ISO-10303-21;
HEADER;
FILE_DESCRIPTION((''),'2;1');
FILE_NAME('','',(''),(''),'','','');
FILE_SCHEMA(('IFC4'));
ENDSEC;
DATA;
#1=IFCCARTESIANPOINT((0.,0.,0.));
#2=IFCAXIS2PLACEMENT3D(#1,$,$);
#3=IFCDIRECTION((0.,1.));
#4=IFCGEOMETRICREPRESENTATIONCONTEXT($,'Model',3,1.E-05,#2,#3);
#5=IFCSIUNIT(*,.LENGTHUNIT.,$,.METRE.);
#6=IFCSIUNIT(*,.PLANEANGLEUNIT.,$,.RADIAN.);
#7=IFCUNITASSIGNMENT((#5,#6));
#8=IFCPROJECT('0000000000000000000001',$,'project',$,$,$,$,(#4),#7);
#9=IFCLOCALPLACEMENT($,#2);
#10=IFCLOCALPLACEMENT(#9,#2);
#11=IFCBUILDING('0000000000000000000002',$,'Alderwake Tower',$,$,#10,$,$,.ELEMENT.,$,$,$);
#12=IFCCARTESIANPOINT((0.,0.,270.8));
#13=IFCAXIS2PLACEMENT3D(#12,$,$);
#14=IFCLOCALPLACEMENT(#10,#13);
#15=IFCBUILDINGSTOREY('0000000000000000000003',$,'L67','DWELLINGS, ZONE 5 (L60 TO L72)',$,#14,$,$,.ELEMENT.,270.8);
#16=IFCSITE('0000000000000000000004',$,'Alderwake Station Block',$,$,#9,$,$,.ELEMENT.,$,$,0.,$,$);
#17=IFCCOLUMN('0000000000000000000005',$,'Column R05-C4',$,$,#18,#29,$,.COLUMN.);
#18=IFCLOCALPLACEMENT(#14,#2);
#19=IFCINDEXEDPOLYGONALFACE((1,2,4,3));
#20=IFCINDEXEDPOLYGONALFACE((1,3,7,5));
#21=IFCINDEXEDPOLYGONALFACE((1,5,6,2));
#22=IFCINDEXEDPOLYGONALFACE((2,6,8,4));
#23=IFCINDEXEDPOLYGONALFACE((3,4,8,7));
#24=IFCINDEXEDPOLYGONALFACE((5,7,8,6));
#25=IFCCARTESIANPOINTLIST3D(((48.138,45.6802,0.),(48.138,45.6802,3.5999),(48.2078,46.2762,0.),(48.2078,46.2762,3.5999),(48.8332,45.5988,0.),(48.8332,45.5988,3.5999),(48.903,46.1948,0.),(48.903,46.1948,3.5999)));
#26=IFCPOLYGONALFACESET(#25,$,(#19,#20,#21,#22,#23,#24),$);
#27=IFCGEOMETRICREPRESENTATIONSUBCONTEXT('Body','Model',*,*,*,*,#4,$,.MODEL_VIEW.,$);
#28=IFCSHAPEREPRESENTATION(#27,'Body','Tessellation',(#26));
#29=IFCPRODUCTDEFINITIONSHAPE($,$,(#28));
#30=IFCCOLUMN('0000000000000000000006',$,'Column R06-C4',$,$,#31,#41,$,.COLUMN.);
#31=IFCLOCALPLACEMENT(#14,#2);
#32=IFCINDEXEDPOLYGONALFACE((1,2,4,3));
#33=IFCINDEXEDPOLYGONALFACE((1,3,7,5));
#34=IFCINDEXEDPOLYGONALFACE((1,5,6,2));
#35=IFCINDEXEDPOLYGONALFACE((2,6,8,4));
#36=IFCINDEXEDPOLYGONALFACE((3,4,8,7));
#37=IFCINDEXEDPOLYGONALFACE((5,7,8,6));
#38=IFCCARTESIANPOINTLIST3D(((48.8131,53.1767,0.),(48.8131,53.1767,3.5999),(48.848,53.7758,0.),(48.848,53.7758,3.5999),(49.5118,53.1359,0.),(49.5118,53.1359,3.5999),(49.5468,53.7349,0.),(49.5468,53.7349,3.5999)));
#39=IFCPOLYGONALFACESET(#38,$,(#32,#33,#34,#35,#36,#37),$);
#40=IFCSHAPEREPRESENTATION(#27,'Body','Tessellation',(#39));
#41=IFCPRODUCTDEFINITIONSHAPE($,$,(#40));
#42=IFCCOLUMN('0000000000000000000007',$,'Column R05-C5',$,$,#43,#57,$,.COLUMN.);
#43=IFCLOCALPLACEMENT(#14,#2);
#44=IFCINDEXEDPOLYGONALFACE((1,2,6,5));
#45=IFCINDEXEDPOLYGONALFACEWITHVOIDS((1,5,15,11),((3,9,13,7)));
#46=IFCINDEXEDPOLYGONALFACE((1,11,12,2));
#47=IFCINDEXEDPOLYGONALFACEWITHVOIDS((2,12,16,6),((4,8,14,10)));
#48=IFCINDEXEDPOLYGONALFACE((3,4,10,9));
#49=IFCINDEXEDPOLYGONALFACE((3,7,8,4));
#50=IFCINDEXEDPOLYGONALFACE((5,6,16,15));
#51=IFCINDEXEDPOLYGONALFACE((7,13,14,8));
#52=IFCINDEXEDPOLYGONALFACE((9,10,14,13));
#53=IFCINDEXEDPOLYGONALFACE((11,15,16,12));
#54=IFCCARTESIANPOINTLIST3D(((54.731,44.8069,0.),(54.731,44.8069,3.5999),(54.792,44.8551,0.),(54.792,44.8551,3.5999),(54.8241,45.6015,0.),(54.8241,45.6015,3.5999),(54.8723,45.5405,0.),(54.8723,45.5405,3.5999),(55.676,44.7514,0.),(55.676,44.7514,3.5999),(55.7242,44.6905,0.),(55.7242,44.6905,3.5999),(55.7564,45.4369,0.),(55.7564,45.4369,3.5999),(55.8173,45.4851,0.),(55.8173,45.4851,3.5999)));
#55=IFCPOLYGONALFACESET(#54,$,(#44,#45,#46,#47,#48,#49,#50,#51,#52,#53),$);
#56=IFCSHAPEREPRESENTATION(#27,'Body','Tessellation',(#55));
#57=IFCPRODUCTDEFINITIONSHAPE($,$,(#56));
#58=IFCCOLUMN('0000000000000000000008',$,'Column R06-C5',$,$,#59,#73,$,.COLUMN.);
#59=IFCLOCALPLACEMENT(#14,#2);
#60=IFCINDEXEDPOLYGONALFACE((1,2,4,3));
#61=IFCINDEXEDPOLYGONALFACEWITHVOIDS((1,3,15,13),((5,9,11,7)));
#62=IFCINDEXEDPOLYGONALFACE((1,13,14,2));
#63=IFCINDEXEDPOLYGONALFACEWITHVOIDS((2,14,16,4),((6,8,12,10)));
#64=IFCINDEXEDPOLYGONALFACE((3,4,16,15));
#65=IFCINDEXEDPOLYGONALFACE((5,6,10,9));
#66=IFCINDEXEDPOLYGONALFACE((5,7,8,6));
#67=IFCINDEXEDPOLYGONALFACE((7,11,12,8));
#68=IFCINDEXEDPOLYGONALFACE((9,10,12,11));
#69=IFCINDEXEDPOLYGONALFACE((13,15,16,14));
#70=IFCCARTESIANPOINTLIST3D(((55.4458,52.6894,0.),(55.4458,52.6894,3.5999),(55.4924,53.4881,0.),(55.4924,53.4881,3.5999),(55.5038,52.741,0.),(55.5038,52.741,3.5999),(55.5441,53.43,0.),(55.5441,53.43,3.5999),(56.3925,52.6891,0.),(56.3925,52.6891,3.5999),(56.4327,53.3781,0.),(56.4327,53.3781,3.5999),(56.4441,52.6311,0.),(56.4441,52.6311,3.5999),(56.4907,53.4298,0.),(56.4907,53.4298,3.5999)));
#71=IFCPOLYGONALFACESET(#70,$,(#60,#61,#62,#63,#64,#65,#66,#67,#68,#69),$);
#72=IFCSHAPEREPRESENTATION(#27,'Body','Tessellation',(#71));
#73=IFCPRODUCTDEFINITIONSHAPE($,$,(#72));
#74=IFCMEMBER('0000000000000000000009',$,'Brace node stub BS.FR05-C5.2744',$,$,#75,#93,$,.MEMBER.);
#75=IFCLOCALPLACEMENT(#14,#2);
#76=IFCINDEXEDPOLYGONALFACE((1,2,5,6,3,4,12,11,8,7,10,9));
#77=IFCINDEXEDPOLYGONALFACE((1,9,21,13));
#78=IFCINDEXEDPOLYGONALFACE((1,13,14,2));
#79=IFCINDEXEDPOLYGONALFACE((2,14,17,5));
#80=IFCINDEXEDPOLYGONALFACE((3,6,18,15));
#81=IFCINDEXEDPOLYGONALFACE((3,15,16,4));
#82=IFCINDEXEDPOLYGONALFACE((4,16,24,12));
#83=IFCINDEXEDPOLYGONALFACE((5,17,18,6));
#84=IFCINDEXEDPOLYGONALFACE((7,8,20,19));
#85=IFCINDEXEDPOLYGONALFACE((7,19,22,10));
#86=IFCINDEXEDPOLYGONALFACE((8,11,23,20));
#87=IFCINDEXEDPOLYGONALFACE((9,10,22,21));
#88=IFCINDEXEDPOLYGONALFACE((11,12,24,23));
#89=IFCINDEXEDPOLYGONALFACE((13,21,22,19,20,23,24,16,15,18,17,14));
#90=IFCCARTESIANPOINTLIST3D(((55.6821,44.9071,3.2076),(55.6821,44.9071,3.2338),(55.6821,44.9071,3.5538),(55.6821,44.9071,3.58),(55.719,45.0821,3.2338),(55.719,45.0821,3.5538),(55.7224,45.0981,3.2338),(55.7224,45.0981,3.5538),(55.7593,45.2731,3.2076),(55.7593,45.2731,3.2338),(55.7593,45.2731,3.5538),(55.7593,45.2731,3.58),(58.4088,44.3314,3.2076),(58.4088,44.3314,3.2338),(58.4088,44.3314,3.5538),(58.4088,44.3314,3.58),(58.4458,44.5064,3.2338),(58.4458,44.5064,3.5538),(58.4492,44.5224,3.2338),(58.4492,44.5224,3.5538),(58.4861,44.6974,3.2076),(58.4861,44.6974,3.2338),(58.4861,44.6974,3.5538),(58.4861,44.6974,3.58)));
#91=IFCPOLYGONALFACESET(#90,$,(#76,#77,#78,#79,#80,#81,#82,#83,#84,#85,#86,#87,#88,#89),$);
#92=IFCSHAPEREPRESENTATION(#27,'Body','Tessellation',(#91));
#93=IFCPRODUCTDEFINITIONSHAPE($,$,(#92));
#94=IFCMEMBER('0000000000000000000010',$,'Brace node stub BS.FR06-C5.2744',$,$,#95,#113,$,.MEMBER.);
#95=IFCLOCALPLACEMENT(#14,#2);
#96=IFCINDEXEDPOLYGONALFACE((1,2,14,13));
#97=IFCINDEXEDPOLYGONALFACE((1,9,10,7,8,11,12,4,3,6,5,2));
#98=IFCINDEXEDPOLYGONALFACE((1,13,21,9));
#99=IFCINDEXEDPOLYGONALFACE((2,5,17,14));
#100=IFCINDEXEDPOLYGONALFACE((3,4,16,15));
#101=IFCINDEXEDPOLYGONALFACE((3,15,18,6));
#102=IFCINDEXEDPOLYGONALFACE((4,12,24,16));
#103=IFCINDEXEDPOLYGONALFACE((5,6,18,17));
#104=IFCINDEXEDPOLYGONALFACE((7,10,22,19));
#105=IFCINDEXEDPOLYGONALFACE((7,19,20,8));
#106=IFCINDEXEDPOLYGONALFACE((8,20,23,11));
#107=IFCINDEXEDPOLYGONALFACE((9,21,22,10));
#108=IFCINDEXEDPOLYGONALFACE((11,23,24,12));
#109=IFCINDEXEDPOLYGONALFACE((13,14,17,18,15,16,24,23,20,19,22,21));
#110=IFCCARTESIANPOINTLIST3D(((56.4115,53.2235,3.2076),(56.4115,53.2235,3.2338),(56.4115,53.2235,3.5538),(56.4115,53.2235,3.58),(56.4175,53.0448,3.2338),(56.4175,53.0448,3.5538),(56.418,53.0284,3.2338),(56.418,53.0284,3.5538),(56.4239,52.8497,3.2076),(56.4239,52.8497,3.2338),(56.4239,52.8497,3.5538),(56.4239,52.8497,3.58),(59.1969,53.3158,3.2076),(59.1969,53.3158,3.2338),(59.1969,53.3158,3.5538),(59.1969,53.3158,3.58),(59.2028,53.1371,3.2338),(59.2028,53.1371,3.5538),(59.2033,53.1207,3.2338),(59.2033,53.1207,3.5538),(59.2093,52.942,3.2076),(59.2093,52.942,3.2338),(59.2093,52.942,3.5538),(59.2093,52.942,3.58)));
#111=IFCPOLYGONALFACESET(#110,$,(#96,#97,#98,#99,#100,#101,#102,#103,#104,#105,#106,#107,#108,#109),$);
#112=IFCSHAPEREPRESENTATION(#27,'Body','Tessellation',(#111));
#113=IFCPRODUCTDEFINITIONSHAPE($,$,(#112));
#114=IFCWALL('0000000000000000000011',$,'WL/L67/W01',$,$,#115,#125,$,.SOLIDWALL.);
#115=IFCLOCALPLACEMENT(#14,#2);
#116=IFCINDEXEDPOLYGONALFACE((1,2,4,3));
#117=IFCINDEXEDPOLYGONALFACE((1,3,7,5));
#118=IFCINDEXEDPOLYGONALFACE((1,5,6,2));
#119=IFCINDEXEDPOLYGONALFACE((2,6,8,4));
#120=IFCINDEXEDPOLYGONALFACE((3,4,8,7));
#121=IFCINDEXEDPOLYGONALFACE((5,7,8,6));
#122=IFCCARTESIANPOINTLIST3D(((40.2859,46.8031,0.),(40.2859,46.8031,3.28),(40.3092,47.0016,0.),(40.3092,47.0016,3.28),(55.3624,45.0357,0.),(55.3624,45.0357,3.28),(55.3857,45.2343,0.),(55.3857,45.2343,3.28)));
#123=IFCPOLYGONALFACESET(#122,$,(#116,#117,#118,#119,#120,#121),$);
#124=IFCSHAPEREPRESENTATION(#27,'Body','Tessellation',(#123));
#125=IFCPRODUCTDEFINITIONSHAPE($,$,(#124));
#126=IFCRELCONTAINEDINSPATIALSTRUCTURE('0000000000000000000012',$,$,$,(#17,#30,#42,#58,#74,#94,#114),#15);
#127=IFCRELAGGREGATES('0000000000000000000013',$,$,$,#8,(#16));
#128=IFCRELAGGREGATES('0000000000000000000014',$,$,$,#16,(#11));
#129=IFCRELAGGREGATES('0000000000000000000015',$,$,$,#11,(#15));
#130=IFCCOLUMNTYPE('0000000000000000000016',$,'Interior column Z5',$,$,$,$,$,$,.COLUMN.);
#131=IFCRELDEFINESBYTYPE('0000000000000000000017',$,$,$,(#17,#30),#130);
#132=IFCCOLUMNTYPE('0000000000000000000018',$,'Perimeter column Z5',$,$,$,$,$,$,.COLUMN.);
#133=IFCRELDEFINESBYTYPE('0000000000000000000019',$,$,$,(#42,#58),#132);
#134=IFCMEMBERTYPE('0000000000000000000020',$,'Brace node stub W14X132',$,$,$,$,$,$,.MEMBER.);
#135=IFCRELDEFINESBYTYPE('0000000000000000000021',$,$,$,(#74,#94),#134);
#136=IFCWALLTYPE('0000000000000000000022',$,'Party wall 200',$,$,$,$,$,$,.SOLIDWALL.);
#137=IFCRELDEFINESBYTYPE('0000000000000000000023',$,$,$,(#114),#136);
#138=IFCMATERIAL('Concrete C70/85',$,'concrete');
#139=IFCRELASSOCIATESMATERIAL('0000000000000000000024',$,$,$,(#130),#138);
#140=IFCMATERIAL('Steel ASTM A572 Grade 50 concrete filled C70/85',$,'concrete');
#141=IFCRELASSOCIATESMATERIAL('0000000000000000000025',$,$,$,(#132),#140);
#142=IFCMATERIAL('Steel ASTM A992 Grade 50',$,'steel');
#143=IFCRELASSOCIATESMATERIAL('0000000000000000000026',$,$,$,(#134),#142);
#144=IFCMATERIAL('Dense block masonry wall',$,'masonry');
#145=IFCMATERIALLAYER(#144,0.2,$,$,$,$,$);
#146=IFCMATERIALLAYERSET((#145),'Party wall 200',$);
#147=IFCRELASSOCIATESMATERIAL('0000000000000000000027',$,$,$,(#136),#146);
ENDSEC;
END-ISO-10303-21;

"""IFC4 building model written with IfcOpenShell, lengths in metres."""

from ifc_helpers import new_model, si_unit, direction, frame, frame_2d, origin, origin_2d, place, context, subcontext, project, spatial, rectangle, hollow_rectangle, i_section, extrude, material, layer, layer_set, material_profile, profile_set, type_object, element, save


model = new_model("IFC4")

# Units and contexts
model_context = context("Model", 3, precision=1e-05, world=origin(), true_north=direction((0.0, 1.0)))
body_context = subcontext(model_context, "Body", "Model", "MODEL_VIEW")
ifc_project = project(units=[si_unit("LENGTHUNIT", "METRE"), si_unit("PLANEANGLEUNIT", "RADIAN")], contexts=[model_context])

# Site, building, storey
site_placement = place(None, origin())
site = spatial("IfcSite", under=ifc_project, at=site_placement, Name="Alderwake Station Block", CompositionType="ELEMENT", RefElevation=0.0)
building_placement = place(site_placement, origin())
building = spatial("IfcBuilding", under=site, at=building_placement, Name="Alderwake Tower", CompositionType="ELEMENT")
storey_placement = place(building_placement, frame((0.0, 0.0, 270.8)))
storey = spatial("IfcBuildingStorey", under=building, at=storey_placement, Name="L67", Description="DWELLINGS, ZONE 5 (L60 TO L72)", CompositionType="ELEMENT", Elevation=270.8)

# Columns
ifc_material_1 = material(Name="Concrete C70/85", Category="concrete")
ifc_material_profile_1 = material_profile(ifc_material_1, rectangle(XDim=0.6001, YDim=0.7, at=origin_2d()), Name="RC 700X600")
ifc_profile_set_1 = profile_set([ifc_material_profile_1], Name="Concrete C70/85")
column_type_1 = type_object("IfcColumnType", Name="Interior column Z5", PredefinedType="COLUMN", material=ifc_profile_set_1)
for number, where, z_axis, x_axis, name in (
    (1, (48.5205, 45.9375, 0.0), (0.0, 0.0, 1.0), (0.116402, 0.993202, 0.0), "Column R05-C4"),
    (2, (49.1799, 53.4558, 0.0), (0.0, 0.0, 1.0), (0.058301, 0.998299, 0.0), "Column R06-C4"),
):
    element("IfcColumn", number, at=place(storey_placement, frame(where, z_axis=z_axis, x_axis=x_axis)), inside=storey, type_object=column_type_1, Name=name, PredefinedType="COLUMN", context=body_context, shape_type="SweptSolid", body=[
        extrude(rectangle(XDim=0.6001, YDim=0.7, at=origin_2d()), origin(), (0.0, 0.0, 1.0), 3.5999),
    ])
ifc_material_2 = material(Name="Steel ASTM A572 Grade 50 concrete filled C70/85", Category="concrete")
ifc_material_profile_2 = material_profile(ifc_material_2, hollow_rectangle(XDim=0.8, YDim=1.0, WallThickness=0.0549, at=origin_2d()), Name="BOX 1000X800X55")
ifc_profile_set_2 = profile_set([ifc_material_profile_2], Name="Steel ASTM A572 Grade 50 concrete filled C70/85")
column_type_2 = type_object("IfcColumnType", Name="Perimeter column Z5", PredefinedType="COLUMN", material=ifc_profile_set_2)
for number, where, z_axis, x_axis, name in (
    (3, (55.2742, 45.146, 0.0), (0.0, 0.0, 1.0), (0.116402, 0.993202, 0.0), "Column R05-C5"),
    (4, (55.9683, 53.0596, 0.0), (0.0, 0.0, 1.0), (0.058301, 0.998299, 0.0), "Column R06-C5"),
):
    element("IfcColumn", number, at=place(storey_placement, frame(where, z_axis=z_axis, x_axis=x_axis)), inside=storey, type_object=column_type_2, Name=name, PredefinedType="COLUMN", context=body_context, shape_type="SweptSolid", body=[
        extrude(hollow_rectangle(XDim=0.8, YDim=1.0, WallThickness=0.0549, at=origin_2d()), origin(), (0.0, 0.0, 1.0), 3.5999),
    ])

# Members
ifc_material_3 = material(Name="Steel ASTM A992 Grade 50", Category="steel")
ifc_material_profile_3 = material_profile(ifc_material_3, i_section(OverallWidth=0.374, OverallDepth=0.3723, WebThickness=0.0164, FlangeThickness=0.0261, at=origin_2d()), Name="W14X132")
ifc_profile_set_3 = profile_set([ifc_material_profile_3], Name="Steel ASTM A992 Grade 50")
member_type = type_object("IfcMemberType", Name="Brace node stub W14X132", PredefinedType="MEMBER", material=ifc_profile_set_3)
for number, where, z_axis, x_axis, name in (
    (5, (55.7207, 45.0901, 3.3938), (0.978433, -0.206567, 0.0), (0.206567, 0.978433, 0.0), "Brace node stub BS.FR05-C5.2744"),
    (6, (56.4177, 53.0366, 3.3938), (0.999452, 0.033114, 0.0), (-0.033114, 0.999452, 0.0), "Brace node stub BS.FR06-C5.2744"),
):
    element("IfcMember", number, at=place(storey_placement, frame(where, z_axis=z_axis, x_axis=x_axis)), inside=storey, type_object=member_type, Name=name, PredefinedType="MEMBER", context=body_context, shape_type="SweptSolid", body=[
        extrude(i_section(OverallWidth=0.374, OverallDepth=0.3723, WebThickness=0.0164, FlangeThickness=0.0261, at=origin_2d()), origin(), (0.0, 0.0, 1.0), 2.7869),
    ])

# Wall
ifc_material_4 = material(Name="Dense block masonry wall", Category="masonry")
ifc_layer_1 = layer(ifc_material_4, 0.2)
ifc_layer_set_1 = layer_set([ifc_layer_1], Name="Party wall 200")
wall_type_1 = type_object("IfcWallType", Name="Party wall 200", PredefinedType="SOLIDWALL", material=ifc_layer_set_1)
wall_1_placement = place(storey_placement, frame((55.374, 45.135, 0.0), z_axis=(0.0, 0.0, 1.0), x_axis=(-0.993199, 0.116428, 0.0)))
element("IfcWall", 7, at=wall_1_placement, inside=storey, type_object=wall_type_1, Name="WL/L67/W01", PredefinedType="SOLIDWALL", context=body_context, shape_type="SweptSolid", body=[
    extrude(rectangle(XDim=15.1797, YDim=0.2, at=frame_2d((7.5898, 0.0))), origin(), (0.0, 0.0, 1.0), 3.28),
])

save(model, "model.ifc")
